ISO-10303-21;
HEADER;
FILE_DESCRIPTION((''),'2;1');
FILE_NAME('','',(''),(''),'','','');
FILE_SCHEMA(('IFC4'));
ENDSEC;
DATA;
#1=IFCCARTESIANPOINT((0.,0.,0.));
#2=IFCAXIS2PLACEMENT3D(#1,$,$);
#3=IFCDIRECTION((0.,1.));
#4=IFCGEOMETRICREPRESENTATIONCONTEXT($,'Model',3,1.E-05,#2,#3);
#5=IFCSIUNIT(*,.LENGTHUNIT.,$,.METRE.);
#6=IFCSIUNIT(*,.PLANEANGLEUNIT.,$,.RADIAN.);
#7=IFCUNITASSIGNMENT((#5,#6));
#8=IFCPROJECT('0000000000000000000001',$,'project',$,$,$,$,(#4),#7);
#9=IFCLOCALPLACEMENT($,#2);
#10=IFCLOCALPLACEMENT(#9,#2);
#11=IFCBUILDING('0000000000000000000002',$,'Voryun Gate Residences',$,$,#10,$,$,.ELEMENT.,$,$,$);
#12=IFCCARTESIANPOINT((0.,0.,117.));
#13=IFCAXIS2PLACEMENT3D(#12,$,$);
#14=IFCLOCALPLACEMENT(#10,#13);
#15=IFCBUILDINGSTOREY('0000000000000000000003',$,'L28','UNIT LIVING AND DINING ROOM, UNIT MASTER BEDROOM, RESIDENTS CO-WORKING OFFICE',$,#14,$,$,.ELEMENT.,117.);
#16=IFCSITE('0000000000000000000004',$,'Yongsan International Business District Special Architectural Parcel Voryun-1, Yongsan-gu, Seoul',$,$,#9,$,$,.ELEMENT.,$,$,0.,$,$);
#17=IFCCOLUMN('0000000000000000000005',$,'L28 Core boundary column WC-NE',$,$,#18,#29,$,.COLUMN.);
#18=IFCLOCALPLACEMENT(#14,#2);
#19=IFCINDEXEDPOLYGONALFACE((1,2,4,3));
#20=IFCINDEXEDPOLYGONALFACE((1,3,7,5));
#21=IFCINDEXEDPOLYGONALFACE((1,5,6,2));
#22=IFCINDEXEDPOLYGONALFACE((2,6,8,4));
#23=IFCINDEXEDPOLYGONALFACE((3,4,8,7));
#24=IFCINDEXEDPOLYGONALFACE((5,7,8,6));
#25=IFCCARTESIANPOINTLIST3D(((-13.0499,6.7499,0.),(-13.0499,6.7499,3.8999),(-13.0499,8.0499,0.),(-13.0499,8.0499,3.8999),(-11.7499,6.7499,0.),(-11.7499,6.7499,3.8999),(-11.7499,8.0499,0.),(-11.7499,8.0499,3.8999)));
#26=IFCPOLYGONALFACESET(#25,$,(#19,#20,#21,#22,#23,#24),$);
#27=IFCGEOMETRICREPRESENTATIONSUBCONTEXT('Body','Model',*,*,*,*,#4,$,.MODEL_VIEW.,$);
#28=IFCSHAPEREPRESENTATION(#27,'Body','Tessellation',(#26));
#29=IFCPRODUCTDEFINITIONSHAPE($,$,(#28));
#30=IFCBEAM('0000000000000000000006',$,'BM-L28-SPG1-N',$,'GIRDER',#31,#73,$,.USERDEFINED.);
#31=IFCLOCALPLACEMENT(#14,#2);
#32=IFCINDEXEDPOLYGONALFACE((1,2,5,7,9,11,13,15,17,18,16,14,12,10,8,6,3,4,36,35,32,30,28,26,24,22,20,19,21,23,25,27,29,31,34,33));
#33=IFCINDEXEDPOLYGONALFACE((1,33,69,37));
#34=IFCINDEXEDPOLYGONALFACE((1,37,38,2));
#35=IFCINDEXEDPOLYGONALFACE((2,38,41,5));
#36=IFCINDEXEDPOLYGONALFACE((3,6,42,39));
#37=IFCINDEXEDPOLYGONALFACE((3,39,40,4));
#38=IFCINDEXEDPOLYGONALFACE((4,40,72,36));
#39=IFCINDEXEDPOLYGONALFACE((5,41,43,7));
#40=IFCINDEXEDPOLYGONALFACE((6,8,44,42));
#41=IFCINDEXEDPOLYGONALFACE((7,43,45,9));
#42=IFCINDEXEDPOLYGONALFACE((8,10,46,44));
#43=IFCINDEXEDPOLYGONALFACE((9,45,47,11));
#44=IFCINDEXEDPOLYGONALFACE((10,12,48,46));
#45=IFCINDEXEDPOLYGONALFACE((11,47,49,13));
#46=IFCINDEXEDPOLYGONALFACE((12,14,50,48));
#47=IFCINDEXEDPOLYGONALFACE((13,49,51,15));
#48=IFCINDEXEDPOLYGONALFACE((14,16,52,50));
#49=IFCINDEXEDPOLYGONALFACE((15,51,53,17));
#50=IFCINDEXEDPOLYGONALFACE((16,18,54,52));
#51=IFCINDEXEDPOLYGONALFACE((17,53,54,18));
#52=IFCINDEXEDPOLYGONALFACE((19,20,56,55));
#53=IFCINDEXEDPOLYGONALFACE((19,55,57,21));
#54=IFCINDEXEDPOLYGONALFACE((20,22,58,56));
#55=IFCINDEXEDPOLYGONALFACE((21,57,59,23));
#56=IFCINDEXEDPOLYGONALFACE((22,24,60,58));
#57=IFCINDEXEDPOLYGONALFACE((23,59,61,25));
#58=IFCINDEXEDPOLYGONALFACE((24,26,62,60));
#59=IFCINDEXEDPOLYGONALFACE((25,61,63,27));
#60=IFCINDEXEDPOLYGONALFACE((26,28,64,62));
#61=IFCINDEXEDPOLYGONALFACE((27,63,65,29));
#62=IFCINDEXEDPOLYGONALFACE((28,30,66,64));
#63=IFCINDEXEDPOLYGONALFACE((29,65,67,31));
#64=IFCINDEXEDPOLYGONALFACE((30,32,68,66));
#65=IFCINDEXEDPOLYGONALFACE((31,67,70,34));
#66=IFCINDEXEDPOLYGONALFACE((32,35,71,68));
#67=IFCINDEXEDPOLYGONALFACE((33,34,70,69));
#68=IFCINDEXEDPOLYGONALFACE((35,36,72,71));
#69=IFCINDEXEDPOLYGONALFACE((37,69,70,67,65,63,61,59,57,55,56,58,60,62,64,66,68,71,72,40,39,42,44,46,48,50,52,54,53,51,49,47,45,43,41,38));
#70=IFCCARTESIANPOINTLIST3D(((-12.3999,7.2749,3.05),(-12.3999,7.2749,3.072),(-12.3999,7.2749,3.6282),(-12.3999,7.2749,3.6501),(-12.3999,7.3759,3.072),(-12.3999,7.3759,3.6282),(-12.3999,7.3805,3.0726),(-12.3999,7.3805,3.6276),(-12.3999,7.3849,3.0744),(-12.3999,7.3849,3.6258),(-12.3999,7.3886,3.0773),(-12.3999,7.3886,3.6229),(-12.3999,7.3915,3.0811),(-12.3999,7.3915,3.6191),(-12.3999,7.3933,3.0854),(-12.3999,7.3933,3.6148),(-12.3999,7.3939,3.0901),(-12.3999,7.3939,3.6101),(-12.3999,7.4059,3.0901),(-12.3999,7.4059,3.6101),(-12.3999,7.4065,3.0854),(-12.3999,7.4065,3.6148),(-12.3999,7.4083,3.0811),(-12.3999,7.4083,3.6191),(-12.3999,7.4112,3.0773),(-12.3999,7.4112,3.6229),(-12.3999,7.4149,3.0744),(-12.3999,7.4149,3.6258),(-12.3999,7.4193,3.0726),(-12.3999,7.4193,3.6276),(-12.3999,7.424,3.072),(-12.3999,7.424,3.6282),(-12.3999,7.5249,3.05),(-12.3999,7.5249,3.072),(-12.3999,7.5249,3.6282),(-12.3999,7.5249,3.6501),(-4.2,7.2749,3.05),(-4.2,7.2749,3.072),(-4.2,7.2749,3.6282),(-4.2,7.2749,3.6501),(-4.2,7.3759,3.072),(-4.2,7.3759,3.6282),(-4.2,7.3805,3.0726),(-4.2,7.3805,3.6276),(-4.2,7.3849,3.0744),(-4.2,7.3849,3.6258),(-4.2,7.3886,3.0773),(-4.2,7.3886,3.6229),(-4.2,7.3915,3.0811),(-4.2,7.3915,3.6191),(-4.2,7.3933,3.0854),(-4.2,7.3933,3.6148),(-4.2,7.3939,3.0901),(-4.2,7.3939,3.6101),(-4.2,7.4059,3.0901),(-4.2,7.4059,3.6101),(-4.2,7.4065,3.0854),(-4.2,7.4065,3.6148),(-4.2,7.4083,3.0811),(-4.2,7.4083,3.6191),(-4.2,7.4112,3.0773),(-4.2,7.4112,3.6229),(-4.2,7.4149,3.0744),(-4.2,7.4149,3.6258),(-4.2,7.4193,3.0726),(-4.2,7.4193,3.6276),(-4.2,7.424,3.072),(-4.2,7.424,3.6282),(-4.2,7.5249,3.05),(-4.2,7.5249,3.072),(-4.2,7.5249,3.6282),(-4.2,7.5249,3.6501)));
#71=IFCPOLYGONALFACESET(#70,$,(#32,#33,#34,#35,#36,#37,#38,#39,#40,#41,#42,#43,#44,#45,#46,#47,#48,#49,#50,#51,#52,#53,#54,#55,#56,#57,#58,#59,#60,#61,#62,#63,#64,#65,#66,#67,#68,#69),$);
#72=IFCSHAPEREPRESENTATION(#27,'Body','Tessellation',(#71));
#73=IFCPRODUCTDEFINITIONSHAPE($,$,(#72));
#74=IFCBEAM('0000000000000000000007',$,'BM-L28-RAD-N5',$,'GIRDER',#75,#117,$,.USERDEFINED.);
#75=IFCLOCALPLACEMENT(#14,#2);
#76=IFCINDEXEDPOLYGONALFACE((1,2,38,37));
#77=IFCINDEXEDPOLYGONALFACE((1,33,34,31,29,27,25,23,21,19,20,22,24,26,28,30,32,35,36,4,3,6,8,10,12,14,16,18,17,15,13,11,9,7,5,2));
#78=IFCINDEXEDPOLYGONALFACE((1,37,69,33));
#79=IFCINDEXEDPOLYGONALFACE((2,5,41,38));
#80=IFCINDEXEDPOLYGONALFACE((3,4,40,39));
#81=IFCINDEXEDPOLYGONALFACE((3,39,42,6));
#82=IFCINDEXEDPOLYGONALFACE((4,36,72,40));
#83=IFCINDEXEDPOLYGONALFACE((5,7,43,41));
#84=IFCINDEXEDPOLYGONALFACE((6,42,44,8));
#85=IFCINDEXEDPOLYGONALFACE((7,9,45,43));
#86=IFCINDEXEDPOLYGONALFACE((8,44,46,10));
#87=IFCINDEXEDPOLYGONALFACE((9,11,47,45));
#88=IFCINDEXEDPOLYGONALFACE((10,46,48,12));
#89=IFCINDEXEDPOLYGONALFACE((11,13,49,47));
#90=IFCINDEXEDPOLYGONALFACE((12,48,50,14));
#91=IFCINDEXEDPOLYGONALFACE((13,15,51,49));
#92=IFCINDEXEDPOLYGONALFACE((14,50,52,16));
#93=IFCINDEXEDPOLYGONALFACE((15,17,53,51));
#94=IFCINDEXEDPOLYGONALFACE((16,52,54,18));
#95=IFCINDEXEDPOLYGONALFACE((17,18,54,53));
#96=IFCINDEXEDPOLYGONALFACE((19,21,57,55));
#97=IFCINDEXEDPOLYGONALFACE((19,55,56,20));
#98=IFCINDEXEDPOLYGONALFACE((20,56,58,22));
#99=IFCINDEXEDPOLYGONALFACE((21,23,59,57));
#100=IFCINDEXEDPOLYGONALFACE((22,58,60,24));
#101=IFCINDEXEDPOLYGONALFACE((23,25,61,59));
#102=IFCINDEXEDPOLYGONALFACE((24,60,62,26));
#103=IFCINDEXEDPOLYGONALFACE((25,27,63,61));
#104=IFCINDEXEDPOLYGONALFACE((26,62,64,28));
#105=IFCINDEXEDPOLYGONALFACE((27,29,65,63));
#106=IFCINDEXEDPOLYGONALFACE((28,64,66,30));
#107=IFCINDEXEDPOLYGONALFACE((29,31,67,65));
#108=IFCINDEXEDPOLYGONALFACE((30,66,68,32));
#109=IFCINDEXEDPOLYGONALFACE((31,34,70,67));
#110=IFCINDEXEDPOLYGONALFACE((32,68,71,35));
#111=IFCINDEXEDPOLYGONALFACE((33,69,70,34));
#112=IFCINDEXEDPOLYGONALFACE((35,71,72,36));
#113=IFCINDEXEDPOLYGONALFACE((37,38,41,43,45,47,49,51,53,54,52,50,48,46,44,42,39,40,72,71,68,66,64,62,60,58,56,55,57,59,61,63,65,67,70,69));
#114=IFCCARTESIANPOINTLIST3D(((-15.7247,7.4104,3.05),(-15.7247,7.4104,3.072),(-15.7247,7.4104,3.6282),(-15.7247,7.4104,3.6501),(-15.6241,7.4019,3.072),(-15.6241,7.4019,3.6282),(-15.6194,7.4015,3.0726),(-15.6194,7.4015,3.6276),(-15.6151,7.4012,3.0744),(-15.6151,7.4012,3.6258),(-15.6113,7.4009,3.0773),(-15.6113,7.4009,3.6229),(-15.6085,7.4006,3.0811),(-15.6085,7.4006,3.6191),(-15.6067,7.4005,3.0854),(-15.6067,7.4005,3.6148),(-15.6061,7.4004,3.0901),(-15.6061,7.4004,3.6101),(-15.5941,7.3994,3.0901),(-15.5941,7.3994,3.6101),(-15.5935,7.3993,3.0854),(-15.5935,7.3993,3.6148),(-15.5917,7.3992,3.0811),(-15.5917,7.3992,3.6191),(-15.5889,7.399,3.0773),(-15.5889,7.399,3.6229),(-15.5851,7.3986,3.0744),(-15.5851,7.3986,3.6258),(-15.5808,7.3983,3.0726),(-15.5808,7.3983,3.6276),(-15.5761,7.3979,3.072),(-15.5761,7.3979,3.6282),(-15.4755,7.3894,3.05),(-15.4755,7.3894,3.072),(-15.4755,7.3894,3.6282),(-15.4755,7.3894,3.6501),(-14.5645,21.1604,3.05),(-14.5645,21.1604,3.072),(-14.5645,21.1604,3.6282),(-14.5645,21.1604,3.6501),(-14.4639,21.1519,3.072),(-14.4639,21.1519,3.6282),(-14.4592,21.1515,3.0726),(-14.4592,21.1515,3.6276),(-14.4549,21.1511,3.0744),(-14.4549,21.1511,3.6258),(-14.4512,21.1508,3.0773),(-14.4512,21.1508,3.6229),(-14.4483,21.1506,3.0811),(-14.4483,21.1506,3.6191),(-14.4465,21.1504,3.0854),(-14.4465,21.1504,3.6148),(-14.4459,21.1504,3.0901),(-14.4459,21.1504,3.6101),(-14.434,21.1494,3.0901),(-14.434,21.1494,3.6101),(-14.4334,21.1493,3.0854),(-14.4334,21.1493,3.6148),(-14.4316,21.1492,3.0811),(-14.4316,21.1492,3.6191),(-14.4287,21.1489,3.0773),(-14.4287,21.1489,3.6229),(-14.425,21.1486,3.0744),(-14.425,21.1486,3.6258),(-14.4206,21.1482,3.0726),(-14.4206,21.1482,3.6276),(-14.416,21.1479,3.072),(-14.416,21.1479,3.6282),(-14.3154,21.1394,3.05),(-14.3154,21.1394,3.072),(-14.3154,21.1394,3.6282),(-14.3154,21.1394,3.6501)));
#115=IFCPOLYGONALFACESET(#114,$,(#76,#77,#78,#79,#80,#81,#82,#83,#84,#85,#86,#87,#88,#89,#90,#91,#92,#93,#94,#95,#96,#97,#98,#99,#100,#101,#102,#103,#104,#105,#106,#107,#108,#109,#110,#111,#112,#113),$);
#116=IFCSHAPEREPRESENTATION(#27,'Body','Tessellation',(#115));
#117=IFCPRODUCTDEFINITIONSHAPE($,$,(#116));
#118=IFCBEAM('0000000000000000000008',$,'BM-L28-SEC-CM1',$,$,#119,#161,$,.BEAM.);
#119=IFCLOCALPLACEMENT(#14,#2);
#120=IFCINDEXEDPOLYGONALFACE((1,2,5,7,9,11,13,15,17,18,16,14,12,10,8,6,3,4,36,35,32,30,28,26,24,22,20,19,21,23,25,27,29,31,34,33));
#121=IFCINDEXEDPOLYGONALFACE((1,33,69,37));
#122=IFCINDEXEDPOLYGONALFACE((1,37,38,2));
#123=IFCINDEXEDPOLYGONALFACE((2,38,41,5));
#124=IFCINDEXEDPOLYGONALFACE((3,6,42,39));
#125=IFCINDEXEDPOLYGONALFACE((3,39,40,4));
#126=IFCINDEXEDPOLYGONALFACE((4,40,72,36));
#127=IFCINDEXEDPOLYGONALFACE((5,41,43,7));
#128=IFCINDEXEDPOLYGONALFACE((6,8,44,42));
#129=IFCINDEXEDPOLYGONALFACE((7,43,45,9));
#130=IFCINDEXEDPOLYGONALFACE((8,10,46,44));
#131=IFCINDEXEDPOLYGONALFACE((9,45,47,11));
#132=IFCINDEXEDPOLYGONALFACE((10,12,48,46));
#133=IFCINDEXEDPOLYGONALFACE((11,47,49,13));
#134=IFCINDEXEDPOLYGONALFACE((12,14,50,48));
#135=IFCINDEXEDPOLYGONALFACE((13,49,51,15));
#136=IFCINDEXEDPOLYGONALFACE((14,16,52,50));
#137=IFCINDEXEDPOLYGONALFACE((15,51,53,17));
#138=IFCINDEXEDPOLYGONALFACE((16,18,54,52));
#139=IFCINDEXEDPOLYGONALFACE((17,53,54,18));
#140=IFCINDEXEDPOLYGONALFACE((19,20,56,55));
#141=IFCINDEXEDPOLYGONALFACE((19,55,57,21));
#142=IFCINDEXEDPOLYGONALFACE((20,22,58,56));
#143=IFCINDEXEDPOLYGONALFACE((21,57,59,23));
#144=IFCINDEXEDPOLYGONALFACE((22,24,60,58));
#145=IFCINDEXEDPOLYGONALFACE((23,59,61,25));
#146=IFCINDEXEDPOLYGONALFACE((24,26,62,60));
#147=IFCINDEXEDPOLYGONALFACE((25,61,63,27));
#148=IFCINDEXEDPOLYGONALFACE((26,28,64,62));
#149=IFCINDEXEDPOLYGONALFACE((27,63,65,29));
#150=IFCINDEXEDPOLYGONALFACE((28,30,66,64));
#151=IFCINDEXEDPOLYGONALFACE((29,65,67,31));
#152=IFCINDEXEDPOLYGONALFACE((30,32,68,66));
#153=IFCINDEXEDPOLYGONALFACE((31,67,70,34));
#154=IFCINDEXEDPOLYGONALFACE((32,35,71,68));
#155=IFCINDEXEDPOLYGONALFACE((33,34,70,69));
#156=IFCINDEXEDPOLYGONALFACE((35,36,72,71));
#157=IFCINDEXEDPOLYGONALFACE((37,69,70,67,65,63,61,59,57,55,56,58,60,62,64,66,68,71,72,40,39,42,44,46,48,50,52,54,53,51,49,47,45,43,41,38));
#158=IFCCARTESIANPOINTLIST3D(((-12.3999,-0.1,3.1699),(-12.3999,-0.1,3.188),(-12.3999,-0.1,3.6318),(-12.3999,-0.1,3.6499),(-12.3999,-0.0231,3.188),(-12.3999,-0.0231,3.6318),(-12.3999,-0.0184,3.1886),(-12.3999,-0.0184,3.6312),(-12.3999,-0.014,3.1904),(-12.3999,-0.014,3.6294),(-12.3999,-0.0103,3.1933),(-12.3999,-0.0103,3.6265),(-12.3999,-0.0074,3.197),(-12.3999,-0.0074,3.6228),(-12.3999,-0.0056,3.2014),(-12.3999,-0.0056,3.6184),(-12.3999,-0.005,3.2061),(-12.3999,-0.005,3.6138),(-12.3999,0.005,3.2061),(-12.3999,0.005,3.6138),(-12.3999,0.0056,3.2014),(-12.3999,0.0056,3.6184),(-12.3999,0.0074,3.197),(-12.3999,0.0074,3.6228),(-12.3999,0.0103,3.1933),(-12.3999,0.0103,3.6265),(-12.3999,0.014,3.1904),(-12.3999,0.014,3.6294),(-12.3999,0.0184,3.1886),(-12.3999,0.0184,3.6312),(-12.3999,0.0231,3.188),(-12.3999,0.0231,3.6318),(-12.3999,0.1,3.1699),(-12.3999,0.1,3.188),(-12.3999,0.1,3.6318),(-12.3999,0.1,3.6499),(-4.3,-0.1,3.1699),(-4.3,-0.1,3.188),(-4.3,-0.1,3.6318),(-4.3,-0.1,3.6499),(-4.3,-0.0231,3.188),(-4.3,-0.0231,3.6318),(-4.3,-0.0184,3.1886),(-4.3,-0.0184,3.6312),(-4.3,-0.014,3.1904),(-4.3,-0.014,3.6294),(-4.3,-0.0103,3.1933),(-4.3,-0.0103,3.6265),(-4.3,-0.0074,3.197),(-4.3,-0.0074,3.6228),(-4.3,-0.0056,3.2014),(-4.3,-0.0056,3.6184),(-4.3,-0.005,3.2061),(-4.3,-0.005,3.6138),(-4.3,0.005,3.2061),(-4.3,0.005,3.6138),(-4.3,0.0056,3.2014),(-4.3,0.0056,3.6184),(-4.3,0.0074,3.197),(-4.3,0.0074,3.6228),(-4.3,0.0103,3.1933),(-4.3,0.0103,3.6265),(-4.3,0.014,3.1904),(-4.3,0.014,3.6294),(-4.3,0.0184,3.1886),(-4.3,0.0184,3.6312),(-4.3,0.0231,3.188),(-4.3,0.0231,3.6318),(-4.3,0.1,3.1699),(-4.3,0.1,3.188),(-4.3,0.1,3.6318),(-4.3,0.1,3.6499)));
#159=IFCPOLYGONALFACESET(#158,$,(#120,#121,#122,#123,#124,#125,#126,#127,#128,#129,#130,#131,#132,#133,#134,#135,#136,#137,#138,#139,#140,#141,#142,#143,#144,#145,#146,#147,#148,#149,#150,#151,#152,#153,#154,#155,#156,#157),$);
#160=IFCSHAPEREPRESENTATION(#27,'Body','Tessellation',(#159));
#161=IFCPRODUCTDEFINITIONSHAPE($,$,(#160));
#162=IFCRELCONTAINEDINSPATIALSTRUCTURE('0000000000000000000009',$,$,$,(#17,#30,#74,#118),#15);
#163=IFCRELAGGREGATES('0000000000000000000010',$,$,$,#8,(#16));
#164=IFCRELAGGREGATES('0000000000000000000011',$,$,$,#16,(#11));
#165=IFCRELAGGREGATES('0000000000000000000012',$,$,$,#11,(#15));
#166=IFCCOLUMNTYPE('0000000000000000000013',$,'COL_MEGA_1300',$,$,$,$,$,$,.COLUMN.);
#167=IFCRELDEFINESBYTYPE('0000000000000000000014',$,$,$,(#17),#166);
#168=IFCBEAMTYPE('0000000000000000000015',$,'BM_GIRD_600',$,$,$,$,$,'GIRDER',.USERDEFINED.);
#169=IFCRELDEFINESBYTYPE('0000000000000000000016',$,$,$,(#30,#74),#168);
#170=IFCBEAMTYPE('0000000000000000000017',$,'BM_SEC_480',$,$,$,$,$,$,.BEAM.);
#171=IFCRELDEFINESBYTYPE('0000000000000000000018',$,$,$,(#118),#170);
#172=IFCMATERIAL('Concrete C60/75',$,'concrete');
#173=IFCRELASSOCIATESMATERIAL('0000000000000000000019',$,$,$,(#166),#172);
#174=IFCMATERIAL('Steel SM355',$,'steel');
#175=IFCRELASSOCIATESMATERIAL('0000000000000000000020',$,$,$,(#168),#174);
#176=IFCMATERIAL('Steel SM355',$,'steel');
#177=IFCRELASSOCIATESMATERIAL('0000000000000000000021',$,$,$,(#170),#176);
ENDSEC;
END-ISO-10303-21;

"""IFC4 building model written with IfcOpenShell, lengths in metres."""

from ifc_helpers import new_model, si_unit, direction, frame, origin, origin_2d, place, context, subcontext, project, spatial, rectangle, i_section, extrude, material, material_profile, profile_set, type_object, element, save


model = new_model("IFC4")

# Units and contexts
model_context = context("Model", 3, precision=1e-05, world=origin(), true_north=direction((0.0, 1.0)))
body_context = subcontext(model_context, "Body", "Model", "MODEL_VIEW")
ifc_project = project(units=[si_unit("LENGTHUNIT", "METRE"), si_unit("PLANEANGLEUNIT", "RADIAN")], contexts=[model_context])

# Site, building, storey
site_placement = place(None, origin())
site = spatial("IfcSite", under=ifc_project, at=site_placement, Name="Yongsan International Business District Special Architectural Parcel Voryun-1, Yongsan-gu, Seoul", CompositionType="ELEMENT", RefElevation=0.0)
building_placement = place(site_placement, origin())
building = spatial("IfcBuilding", under=site, at=building_placement, Name="Voryun Gate Residences", CompositionType="ELEMENT")
storey_placement = place(building_placement, frame((0.0, 0.0, 117.0)))
storey = spatial("IfcBuildingStorey", under=building, at=storey_placement, Name="L28", Description="UNIT LIVING AND DINING ROOM, UNIT MASTER BEDROOM, RESIDENTS CO-WORKING OFFICE", CompositionType="ELEMENT", Elevation=117.0)

# Column
ifc_material_1 = material(Name="Concrete C60/75", Category="concrete")
ifc_material_profile_1 = material_profile(ifc_material_1, rectangle(XDim=1.3, YDim=1.3, at=origin_2d()), Name="RC-1300x1300")
ifc_profile_set_1 = profile_set([ifc_material_profile_1], Name="Concrete C60/75")
column_type = type_object("IfcColumnType", Name="COL_MEGA_1300", PredefinedType="COLUMN", material=ifc_profile_set_1)
column_placement = place(storey_placement, frame((-12.3999, 7.3999, 0.0), z_axis=(0.0, 0.0, 1.0), x_axis=(1.0, 0.0, 0.0)))
element("IfcColumn", 1, at=column_placement, inside=storey, type_object=column_type, Name="L28 Core boundary column WC-NE", PredefinedType="COLUMN", context=body_context, shape_type="SweptSolid", body=[
    extrude(rectangle(XDim=1.3, YDim=1.3, at=origin_2d()), origin(), (0.0, 0.0, 1.0), 3.8999),
])

# Beams
ifc_material_2 = material(Name="Steel SM355", Category="steel")
ifc_material_profile_2 = material_profile(ifc_material_2, i_section(OverallWidth=0.25, OverallDepth=0.6001, WebThickness=0.012, FlangeThickness=0.022, FilletRadius=0.0181, at=origin_2d()), Name="H-600x250x12x22")
ifc_profile_set_2 = profile_set([ifc_material_profile_2], Name="Steel SM355")
beam_type_1 = type_object("IfcBeamType", Name="BM_GIRD_600", ElementType="GIRDER", PredefinedType="USERDEFINED", material=ifc_profile_set_2)
beam_1_placement = place(storey_placement, frame((-12.3999, 7.3999, 3.3501), z_axis=(1.0, 0.0, 0.0), x_axis=(0.0, 1.0, 0.0)))
element("IfcBeam", 2, at=beam_1_placement, inside=storey, type_object=beam_type_1, Name="BM-L28-SPG1-N", ObjectType="GIRDER", PredefinedType="USERDEFINED", context=body_context, shape_type="SweptSolid", body=[
    extrude(i_section(OverallWidth=0.25, OverallDepth=0.6001, WebThickness=0.012, FlangeThickness=0.022, FilletRadius=0.0181, at=origin_2d()), origin(), (0.0, 0.0, 1.0), 8.2),
])
beam_2_placement = place(storey_placement, frame((-15.6001, 7.3999, 3.3501), z_axis=(0.084076, 0.996459, 0.0), x_axis=(-0.996459, 0.084076, 0.0)))
element("IfcBeam", 3, at=beam_2_placement, inside=storey, type_object=beam_type_1, Name="BM-L28-RAD-N5", ObjectType="GIRDER", PredefinedType="USERDEFINED", context=body_context, shape_type="SweptSolid", body=[
    extrude(i_section(OverallWidth=0.25, OverallDepth=0.6001, WebThickness=0.012, FlangeThickness=0.022, FilletRadius=0.0181, at=origin_2d()), origin(), (0.0, 0.0, 1.0), 13.7988),
])
ifc_material_3 = material(Name="Steel SM355", Category="steel")
ifc_material_profile_3 = material_profile(ifc_material_3, i_section(OverallWidth=0.2, OverallDepth=0.48, WebThickness=0.01, FlangeThickness=0.0181, FilletRadius=0.0181, at=origin_2d()), Name="H-480x200x10x18")
ifc_profile_set_3 = profile_set([ifc_material_profile_3], Name="Steel SM355")
beam_type_2 = type_object("IfcBeamType", Name="BM_SEC_480", PredefinedType="BEAM", material=ifc_profile_set_3)
for number, where, z_axis, x_axis, name in (
    (4, (-12.3999, 0.0, 3.4099), (1.0, 0.0, 0.0), (0.0, 1.0, 0.0), "BM-L28-SEC-CM1"),
):
    element("IfcBeam", number, at=place(storey_placement, frame(where, z_axis=z_axis, x_axis=x_axis)), inside=storey, type_object=beam_type_2, Name=name, PredefinedType="BEAM", context=body_context, shape_type="SweptSolid", body=[
        extrude(i_section(OverallWidth=0.2, OverallDepth=0.48, WebThickness=0.01, FlangeThickness=0.0181, FilletRadius=0.0181, at=origin_2d()), origin(), (0.0, 0.0, 1.0), 8.0999),
    ])

save(model, "model.ifc")
